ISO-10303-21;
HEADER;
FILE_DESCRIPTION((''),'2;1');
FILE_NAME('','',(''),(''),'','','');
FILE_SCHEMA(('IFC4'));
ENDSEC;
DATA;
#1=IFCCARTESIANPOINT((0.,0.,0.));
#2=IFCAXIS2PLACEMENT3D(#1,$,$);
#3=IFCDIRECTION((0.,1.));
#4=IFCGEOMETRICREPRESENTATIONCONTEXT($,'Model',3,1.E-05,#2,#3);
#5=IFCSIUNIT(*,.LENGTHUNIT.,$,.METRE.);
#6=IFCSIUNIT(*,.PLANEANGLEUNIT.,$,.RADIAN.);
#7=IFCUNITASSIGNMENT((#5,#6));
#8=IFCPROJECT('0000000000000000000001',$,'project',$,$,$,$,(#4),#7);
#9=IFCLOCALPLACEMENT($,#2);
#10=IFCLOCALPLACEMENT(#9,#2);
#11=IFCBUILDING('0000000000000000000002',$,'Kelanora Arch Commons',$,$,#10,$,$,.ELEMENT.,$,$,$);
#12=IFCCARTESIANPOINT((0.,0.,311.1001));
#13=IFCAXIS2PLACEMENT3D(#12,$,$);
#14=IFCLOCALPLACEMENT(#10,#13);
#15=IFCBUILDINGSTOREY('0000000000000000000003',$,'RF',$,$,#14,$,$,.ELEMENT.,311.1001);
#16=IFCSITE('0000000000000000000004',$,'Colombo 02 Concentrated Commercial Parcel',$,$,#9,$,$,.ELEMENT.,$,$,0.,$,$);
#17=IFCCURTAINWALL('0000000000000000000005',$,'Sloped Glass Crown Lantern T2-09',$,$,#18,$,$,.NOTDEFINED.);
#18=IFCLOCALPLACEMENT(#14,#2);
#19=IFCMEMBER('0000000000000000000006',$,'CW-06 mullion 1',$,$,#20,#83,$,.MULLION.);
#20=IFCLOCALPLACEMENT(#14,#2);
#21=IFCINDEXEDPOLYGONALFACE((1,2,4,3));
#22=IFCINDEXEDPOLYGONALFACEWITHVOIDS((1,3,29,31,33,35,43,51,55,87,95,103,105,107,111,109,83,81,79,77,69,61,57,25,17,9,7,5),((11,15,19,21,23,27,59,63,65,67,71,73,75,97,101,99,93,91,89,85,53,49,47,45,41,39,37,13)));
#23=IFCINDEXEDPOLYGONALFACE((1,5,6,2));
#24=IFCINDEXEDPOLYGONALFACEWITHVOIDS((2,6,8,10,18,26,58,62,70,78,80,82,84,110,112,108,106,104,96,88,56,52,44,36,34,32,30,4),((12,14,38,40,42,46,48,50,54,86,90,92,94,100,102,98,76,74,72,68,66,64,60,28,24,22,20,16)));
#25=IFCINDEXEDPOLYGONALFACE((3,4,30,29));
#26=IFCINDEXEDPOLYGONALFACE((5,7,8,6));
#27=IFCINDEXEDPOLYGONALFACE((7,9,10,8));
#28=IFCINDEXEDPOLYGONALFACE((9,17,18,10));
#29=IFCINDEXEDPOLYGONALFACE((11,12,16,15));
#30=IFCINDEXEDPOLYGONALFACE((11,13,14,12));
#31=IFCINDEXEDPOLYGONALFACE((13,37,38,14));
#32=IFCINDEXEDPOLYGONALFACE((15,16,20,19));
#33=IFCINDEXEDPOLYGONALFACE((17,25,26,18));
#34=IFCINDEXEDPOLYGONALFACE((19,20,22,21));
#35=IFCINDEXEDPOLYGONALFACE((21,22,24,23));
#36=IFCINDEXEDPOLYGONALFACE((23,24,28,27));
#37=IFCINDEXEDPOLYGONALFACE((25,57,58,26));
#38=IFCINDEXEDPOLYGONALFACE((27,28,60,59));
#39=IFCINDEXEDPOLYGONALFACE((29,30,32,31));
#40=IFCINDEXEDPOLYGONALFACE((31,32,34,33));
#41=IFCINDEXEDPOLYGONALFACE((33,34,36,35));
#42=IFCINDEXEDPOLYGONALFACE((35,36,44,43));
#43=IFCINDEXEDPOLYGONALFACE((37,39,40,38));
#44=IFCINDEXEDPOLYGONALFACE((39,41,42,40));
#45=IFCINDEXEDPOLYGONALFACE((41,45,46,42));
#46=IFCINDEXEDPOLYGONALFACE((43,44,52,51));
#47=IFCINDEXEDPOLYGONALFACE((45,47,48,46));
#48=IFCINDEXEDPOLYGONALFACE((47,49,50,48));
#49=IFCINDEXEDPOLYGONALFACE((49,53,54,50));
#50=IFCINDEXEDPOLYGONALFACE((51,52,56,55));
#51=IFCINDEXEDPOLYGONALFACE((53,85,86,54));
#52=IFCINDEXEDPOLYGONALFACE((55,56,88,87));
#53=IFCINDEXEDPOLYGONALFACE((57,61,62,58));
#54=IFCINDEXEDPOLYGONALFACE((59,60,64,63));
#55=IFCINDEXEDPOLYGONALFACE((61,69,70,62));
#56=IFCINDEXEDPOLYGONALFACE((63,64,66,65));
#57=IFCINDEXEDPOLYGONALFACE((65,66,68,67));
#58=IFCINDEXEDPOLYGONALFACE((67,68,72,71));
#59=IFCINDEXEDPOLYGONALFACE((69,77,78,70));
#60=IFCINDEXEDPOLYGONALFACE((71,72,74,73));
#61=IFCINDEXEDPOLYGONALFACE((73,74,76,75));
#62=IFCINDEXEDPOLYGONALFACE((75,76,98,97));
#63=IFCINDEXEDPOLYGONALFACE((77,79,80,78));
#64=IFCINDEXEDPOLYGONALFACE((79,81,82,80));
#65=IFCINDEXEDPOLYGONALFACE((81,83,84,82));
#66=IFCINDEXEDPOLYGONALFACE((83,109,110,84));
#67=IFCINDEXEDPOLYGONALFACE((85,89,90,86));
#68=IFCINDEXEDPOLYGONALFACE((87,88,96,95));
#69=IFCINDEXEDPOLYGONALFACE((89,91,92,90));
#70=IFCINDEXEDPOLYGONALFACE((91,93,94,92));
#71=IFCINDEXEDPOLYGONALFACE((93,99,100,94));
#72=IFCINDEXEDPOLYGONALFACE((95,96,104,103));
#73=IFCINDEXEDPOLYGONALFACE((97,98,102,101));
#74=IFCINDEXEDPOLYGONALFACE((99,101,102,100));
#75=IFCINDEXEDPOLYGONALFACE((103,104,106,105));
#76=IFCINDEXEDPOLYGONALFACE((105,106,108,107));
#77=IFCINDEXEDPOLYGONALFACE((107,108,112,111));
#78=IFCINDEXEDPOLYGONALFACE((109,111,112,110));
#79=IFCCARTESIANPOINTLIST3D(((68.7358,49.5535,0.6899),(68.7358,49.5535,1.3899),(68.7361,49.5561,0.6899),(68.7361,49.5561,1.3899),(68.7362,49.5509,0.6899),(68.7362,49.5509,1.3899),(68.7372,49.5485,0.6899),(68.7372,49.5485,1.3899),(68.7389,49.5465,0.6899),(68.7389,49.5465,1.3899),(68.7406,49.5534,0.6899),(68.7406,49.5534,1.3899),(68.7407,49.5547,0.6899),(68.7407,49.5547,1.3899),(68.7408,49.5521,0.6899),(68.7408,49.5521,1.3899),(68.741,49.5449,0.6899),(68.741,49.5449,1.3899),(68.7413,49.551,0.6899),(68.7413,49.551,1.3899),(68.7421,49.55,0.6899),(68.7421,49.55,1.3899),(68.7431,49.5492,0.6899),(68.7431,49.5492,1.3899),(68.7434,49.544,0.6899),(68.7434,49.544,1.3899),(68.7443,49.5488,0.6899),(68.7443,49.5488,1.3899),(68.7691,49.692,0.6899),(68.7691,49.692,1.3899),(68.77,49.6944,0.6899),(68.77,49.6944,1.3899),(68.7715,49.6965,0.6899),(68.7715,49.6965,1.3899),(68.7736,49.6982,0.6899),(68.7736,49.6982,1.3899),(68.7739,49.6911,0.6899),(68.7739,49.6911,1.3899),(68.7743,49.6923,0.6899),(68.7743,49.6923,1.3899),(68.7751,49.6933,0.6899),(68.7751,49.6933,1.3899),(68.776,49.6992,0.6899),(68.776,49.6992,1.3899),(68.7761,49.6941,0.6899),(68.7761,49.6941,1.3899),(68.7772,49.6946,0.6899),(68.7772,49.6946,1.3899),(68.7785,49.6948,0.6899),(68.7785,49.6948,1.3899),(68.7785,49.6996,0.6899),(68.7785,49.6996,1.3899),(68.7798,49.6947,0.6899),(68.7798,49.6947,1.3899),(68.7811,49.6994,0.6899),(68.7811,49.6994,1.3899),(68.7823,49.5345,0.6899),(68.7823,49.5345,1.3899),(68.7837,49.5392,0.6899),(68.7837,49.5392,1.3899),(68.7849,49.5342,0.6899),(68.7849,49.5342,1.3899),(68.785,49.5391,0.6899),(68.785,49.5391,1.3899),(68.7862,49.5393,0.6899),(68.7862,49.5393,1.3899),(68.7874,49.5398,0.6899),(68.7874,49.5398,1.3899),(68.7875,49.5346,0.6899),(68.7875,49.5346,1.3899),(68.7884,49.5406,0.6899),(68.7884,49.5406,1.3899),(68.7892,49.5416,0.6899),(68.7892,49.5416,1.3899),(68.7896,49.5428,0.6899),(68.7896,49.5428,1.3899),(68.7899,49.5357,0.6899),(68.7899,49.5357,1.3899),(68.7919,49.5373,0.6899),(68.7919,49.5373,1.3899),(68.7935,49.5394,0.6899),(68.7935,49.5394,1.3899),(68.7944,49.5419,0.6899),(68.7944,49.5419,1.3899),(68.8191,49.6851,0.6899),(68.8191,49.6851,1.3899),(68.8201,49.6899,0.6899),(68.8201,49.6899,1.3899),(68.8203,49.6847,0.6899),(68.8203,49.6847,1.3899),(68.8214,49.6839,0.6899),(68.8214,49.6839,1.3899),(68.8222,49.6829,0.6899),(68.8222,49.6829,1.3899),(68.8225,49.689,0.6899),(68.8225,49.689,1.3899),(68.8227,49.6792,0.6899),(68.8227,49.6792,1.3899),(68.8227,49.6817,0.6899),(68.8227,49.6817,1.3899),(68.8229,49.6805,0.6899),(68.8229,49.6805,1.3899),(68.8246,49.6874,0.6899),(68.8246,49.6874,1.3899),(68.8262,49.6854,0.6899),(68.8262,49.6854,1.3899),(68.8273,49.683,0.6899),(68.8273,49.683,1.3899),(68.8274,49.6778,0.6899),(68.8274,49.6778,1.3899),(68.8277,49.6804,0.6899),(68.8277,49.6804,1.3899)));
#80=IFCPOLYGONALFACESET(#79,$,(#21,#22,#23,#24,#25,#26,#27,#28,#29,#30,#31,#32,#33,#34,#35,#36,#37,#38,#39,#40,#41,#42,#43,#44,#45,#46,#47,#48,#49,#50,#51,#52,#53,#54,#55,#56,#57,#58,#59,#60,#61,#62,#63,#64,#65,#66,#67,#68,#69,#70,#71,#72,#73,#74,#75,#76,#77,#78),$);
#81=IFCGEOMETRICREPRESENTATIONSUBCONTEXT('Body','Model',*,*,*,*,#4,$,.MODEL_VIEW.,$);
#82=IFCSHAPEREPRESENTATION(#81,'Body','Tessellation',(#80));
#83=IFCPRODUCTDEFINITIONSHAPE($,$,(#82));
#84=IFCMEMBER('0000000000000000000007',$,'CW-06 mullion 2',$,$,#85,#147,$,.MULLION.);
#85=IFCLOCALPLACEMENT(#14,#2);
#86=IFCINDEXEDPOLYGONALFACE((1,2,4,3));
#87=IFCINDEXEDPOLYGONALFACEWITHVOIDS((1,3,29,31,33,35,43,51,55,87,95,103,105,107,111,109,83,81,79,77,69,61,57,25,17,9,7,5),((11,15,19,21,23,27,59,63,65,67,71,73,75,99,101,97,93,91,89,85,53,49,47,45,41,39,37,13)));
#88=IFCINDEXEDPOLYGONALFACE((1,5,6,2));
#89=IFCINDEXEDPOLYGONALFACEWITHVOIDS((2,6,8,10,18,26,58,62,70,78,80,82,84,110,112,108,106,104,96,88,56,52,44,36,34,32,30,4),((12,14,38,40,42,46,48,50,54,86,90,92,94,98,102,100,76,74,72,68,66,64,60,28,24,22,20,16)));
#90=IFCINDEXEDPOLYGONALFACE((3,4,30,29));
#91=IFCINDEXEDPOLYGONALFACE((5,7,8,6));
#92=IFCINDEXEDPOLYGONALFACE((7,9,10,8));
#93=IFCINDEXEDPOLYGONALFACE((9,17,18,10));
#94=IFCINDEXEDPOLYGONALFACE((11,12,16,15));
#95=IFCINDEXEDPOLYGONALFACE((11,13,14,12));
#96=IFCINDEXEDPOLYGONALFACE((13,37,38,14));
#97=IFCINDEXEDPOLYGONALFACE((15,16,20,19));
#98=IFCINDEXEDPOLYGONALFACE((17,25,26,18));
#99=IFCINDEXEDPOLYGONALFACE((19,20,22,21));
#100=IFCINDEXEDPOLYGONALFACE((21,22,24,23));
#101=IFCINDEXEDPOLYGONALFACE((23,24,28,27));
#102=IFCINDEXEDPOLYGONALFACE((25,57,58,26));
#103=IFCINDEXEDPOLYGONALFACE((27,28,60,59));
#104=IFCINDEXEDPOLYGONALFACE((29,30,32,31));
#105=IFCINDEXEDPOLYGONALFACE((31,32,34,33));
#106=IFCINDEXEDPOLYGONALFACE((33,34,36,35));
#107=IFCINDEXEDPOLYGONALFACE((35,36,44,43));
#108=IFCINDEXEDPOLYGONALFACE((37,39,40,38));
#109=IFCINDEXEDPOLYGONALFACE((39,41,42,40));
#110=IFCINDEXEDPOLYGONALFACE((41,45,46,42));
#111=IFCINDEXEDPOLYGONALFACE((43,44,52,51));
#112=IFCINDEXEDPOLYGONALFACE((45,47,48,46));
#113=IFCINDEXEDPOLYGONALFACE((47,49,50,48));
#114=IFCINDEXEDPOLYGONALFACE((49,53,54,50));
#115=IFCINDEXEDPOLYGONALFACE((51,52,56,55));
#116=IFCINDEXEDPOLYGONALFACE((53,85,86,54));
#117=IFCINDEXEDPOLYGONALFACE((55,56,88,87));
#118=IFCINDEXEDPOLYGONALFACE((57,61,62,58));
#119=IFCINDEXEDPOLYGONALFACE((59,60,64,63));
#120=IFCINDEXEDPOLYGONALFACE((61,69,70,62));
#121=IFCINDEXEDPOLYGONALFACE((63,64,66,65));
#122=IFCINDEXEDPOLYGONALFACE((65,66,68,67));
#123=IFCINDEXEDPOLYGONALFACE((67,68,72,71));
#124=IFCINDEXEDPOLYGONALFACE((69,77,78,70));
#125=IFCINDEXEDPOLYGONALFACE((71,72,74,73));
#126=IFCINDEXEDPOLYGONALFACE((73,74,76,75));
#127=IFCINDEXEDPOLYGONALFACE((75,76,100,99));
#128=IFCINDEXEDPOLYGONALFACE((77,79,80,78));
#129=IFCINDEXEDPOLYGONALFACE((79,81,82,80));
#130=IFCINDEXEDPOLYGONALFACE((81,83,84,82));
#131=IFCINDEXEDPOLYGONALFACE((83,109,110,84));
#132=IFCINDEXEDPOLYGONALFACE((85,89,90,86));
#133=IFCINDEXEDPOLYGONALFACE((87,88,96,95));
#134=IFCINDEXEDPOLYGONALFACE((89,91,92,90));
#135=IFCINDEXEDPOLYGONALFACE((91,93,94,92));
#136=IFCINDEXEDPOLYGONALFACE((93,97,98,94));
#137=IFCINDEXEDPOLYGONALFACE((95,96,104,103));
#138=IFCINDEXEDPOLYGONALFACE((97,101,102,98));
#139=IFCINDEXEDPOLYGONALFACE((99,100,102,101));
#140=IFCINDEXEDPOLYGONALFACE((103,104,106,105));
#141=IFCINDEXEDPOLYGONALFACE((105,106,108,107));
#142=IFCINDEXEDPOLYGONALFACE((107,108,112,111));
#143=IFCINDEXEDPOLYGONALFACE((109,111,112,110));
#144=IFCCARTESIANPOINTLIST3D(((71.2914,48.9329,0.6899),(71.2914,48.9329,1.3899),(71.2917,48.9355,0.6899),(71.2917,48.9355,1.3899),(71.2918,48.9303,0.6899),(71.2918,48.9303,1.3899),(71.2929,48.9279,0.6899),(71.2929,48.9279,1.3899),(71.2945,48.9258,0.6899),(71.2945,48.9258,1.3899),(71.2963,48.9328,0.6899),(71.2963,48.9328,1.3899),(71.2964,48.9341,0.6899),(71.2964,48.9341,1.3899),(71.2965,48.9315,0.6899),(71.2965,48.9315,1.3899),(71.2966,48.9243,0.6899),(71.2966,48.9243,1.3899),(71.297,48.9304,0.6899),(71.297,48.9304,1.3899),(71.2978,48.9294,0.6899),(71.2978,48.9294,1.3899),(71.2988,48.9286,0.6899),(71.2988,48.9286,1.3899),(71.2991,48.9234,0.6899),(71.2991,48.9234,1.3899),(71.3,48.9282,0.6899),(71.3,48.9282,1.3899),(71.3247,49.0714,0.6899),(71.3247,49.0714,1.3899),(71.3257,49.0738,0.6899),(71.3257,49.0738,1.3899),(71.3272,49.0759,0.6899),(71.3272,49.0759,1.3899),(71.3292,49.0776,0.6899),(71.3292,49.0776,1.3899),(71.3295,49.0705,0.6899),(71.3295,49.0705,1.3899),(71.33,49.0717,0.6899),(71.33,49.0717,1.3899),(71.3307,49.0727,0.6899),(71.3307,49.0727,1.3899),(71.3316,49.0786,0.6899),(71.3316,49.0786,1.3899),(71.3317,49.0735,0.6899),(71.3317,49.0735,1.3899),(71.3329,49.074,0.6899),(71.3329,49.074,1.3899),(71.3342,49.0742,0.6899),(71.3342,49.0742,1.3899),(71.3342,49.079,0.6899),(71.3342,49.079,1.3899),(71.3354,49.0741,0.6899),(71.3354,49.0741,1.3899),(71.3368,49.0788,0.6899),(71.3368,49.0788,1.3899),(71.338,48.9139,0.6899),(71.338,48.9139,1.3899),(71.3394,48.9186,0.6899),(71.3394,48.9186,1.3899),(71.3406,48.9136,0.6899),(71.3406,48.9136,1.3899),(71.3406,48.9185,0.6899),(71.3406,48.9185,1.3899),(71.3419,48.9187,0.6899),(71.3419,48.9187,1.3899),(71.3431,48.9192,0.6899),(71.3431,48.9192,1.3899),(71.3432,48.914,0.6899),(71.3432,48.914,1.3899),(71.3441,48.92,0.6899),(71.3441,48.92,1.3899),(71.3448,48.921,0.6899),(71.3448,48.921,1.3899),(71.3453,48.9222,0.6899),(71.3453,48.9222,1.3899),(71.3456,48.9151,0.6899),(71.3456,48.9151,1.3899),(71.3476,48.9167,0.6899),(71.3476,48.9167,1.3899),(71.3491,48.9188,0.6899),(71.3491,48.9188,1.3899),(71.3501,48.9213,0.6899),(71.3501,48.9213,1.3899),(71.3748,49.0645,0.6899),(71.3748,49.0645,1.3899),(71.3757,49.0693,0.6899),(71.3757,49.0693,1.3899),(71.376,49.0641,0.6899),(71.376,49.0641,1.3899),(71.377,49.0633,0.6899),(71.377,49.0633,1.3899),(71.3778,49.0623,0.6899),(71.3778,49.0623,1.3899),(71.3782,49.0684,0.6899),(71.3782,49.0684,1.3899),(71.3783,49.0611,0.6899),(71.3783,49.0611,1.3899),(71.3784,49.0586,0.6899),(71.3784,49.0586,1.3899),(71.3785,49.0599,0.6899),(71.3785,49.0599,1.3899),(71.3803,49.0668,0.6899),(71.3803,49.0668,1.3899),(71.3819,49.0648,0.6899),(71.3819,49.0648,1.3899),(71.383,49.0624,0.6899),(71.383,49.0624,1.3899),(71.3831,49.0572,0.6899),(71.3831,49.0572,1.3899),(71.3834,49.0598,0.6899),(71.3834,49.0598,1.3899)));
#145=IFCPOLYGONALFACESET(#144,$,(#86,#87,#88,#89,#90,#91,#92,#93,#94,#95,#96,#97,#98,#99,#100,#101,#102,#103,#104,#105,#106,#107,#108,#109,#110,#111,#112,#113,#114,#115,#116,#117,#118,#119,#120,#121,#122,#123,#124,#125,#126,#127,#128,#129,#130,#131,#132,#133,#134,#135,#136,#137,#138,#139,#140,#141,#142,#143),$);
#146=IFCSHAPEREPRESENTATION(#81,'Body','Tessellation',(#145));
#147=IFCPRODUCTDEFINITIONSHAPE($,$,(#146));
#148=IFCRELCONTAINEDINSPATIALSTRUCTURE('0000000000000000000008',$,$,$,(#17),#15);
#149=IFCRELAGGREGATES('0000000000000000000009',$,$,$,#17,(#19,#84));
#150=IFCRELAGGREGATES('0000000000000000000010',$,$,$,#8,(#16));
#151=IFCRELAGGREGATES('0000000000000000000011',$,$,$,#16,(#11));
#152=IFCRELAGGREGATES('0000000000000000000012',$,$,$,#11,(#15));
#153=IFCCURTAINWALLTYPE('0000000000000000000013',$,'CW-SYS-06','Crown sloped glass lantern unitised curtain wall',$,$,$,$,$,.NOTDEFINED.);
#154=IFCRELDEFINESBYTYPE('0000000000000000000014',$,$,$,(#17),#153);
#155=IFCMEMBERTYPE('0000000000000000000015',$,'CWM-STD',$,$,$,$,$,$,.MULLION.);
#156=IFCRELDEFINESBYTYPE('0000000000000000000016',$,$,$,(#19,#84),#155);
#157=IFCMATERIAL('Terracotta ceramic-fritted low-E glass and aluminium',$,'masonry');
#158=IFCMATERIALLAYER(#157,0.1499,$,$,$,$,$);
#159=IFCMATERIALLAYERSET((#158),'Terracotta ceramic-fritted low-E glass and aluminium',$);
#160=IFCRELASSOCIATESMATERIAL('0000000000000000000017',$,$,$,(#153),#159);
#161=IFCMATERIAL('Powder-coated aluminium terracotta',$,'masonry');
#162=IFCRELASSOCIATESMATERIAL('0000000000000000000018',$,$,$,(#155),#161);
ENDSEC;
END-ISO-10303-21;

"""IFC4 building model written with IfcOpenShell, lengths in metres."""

from ifc_helpers import new_model, si_unit, direction, frame, origin, origin_2d, place, context, subcontext, project, spatial, hollow_rectangle, extrude, material, layer, layer_set, material_profile, profile_set, type_object, element, aggregate, save


model = new_model("IFC4")

# Units and contexts
model_context = context("Model", 3, precision=1e-05, world=origin(), true_north=direction((0.0, 1.0)))
body_context = subcontext(model_context, "Body", "Model", "MODEL_VIEW")
ifc_project = project(units=[si_unit("LENGTHUNIT", "METRE"), si_unit("PLANEANGLEUNIT", "RADIAN")], contexts=[model_context])

# Site, building, storey
site_placement = place(None, origin())
site = spatial("IfcSite", under=ifc_project, at=site_placement, Name="Colombo 02 Concentrated Commercial Parcel", CompositionType="ELEMENT", RefElevation=0.0)
building_placement = place(site_placement, origin())
building = spatial("IfcBuilding", under=site, at=building_placement, Name="Kelanora Arch Commons", CompositionType="ELEMENT")
storey_placement = place(building_placement, frame((0.0, 0.0, 311.1001)))
storey = spatial("IfcBuildingStorey", under=building, at=storey_placement, Name="RF", CompositionType="ELEMENT", Elevation=311.1001)

# Shared definitions
ifc_material_1 = material(Name="Terracotta ceramic-fritted low-E glass and aluminium", Category="masonry")
ifc_layer_1 = layer(ifc_material_1, 0.1499)
ifc_layer_set_1 = layer_set([ifc_layer_1], Name="Terracotta ceramic-fritted low-E glass and aluminium")
curtain_wall_type = type_object("IfcCurtainWallType", Name="CW-SYS-06", Description="Crown sloped glass lantern unitised curtain wall", PredefinedType="NOTDEFINED", material=ifc_layer_set_1)
ifc_material_2 = material(Name="Powder-coated aluminium terracotta", Category="masonry")
ifc_material_profile_1 = material_profile(ifc_material_2, hollow_rectangle(XDim=0.1599, YDim=0.0601, WallThickness=0.0049, InnerFilletRadius=0.0049, OuterFilletRadius=0.01, at=origin_2d()), Name="CWM160x60")
ifc_profile_set_1 = profile_set([ifc_material_profile_1], Name="Powder-coated aluminium terracotta")
member_type_1 = type_object("IfcMemberType", Name="CWM-STD", PredefinedType="MULLION", material=ifc_profile_set_1)

# Curtain wall, members
curtain_wall_1_placement = place(storey_placement, origin())
curtain_wall_1 = element("IfcCurtainWall", 1, at=curtain_wall_1_placement, inside=storey, type_object=curtain_wall_type, Name="Sloped Glass Crown Lantern T2-09", PredefinedType="NOTDEFINED")
member_1_placement = place(storey_placement, frame((68.7817, 49.6169, 0.6899), z_axis=(0.0, 0.0, 1.0), x_axis=(0.235931, 0.97177, 0.0)))
member_1 = element("IfcMember", 2, at=member_1_placement, type_object=member_type_1, Name="CW-06 mullion 1", PredefinedType="MULLION", context=body_context, shape_type="SweptSolid", body=[
    extrude(hollow_rectangle(XDim=0.1599, YDim=0.0601, WallThickness=0.0049, InnerFilletRadius=0.0049, OuterFilletRadius=0.01, at=origin_2d()), origin(), (0.0, 0.0, 1.0), 0.7),
])
member_2_placement = place(storey_placement, frame((71.3374, 48.9963, 0.6899), z_axis=(0.0, 0.0, 1.0), x_axis=(0.235931, 0.97177, 0.0)))
member_2 = element("IfcMember", 3, at=member_2_placement, type_object=member_type_1, Name="CW-06 mullion 2", PredefinedType="MULLION", context=body_context, shape_type="SweptSolid", body=[
    extrude(hollow_rectangle(XDim=0.1599, YDim=0.0601, WallThickness=0.0049, InnerFilletRadius=0.0049, OuterFilletRadius=0.01, at=origin_2d()), origin(), (0.0, 0.0, 1.0), 0.7),
])

aggregate(curtain_wall_1, [member_1, member_2])

save(model, "model.ifc")
